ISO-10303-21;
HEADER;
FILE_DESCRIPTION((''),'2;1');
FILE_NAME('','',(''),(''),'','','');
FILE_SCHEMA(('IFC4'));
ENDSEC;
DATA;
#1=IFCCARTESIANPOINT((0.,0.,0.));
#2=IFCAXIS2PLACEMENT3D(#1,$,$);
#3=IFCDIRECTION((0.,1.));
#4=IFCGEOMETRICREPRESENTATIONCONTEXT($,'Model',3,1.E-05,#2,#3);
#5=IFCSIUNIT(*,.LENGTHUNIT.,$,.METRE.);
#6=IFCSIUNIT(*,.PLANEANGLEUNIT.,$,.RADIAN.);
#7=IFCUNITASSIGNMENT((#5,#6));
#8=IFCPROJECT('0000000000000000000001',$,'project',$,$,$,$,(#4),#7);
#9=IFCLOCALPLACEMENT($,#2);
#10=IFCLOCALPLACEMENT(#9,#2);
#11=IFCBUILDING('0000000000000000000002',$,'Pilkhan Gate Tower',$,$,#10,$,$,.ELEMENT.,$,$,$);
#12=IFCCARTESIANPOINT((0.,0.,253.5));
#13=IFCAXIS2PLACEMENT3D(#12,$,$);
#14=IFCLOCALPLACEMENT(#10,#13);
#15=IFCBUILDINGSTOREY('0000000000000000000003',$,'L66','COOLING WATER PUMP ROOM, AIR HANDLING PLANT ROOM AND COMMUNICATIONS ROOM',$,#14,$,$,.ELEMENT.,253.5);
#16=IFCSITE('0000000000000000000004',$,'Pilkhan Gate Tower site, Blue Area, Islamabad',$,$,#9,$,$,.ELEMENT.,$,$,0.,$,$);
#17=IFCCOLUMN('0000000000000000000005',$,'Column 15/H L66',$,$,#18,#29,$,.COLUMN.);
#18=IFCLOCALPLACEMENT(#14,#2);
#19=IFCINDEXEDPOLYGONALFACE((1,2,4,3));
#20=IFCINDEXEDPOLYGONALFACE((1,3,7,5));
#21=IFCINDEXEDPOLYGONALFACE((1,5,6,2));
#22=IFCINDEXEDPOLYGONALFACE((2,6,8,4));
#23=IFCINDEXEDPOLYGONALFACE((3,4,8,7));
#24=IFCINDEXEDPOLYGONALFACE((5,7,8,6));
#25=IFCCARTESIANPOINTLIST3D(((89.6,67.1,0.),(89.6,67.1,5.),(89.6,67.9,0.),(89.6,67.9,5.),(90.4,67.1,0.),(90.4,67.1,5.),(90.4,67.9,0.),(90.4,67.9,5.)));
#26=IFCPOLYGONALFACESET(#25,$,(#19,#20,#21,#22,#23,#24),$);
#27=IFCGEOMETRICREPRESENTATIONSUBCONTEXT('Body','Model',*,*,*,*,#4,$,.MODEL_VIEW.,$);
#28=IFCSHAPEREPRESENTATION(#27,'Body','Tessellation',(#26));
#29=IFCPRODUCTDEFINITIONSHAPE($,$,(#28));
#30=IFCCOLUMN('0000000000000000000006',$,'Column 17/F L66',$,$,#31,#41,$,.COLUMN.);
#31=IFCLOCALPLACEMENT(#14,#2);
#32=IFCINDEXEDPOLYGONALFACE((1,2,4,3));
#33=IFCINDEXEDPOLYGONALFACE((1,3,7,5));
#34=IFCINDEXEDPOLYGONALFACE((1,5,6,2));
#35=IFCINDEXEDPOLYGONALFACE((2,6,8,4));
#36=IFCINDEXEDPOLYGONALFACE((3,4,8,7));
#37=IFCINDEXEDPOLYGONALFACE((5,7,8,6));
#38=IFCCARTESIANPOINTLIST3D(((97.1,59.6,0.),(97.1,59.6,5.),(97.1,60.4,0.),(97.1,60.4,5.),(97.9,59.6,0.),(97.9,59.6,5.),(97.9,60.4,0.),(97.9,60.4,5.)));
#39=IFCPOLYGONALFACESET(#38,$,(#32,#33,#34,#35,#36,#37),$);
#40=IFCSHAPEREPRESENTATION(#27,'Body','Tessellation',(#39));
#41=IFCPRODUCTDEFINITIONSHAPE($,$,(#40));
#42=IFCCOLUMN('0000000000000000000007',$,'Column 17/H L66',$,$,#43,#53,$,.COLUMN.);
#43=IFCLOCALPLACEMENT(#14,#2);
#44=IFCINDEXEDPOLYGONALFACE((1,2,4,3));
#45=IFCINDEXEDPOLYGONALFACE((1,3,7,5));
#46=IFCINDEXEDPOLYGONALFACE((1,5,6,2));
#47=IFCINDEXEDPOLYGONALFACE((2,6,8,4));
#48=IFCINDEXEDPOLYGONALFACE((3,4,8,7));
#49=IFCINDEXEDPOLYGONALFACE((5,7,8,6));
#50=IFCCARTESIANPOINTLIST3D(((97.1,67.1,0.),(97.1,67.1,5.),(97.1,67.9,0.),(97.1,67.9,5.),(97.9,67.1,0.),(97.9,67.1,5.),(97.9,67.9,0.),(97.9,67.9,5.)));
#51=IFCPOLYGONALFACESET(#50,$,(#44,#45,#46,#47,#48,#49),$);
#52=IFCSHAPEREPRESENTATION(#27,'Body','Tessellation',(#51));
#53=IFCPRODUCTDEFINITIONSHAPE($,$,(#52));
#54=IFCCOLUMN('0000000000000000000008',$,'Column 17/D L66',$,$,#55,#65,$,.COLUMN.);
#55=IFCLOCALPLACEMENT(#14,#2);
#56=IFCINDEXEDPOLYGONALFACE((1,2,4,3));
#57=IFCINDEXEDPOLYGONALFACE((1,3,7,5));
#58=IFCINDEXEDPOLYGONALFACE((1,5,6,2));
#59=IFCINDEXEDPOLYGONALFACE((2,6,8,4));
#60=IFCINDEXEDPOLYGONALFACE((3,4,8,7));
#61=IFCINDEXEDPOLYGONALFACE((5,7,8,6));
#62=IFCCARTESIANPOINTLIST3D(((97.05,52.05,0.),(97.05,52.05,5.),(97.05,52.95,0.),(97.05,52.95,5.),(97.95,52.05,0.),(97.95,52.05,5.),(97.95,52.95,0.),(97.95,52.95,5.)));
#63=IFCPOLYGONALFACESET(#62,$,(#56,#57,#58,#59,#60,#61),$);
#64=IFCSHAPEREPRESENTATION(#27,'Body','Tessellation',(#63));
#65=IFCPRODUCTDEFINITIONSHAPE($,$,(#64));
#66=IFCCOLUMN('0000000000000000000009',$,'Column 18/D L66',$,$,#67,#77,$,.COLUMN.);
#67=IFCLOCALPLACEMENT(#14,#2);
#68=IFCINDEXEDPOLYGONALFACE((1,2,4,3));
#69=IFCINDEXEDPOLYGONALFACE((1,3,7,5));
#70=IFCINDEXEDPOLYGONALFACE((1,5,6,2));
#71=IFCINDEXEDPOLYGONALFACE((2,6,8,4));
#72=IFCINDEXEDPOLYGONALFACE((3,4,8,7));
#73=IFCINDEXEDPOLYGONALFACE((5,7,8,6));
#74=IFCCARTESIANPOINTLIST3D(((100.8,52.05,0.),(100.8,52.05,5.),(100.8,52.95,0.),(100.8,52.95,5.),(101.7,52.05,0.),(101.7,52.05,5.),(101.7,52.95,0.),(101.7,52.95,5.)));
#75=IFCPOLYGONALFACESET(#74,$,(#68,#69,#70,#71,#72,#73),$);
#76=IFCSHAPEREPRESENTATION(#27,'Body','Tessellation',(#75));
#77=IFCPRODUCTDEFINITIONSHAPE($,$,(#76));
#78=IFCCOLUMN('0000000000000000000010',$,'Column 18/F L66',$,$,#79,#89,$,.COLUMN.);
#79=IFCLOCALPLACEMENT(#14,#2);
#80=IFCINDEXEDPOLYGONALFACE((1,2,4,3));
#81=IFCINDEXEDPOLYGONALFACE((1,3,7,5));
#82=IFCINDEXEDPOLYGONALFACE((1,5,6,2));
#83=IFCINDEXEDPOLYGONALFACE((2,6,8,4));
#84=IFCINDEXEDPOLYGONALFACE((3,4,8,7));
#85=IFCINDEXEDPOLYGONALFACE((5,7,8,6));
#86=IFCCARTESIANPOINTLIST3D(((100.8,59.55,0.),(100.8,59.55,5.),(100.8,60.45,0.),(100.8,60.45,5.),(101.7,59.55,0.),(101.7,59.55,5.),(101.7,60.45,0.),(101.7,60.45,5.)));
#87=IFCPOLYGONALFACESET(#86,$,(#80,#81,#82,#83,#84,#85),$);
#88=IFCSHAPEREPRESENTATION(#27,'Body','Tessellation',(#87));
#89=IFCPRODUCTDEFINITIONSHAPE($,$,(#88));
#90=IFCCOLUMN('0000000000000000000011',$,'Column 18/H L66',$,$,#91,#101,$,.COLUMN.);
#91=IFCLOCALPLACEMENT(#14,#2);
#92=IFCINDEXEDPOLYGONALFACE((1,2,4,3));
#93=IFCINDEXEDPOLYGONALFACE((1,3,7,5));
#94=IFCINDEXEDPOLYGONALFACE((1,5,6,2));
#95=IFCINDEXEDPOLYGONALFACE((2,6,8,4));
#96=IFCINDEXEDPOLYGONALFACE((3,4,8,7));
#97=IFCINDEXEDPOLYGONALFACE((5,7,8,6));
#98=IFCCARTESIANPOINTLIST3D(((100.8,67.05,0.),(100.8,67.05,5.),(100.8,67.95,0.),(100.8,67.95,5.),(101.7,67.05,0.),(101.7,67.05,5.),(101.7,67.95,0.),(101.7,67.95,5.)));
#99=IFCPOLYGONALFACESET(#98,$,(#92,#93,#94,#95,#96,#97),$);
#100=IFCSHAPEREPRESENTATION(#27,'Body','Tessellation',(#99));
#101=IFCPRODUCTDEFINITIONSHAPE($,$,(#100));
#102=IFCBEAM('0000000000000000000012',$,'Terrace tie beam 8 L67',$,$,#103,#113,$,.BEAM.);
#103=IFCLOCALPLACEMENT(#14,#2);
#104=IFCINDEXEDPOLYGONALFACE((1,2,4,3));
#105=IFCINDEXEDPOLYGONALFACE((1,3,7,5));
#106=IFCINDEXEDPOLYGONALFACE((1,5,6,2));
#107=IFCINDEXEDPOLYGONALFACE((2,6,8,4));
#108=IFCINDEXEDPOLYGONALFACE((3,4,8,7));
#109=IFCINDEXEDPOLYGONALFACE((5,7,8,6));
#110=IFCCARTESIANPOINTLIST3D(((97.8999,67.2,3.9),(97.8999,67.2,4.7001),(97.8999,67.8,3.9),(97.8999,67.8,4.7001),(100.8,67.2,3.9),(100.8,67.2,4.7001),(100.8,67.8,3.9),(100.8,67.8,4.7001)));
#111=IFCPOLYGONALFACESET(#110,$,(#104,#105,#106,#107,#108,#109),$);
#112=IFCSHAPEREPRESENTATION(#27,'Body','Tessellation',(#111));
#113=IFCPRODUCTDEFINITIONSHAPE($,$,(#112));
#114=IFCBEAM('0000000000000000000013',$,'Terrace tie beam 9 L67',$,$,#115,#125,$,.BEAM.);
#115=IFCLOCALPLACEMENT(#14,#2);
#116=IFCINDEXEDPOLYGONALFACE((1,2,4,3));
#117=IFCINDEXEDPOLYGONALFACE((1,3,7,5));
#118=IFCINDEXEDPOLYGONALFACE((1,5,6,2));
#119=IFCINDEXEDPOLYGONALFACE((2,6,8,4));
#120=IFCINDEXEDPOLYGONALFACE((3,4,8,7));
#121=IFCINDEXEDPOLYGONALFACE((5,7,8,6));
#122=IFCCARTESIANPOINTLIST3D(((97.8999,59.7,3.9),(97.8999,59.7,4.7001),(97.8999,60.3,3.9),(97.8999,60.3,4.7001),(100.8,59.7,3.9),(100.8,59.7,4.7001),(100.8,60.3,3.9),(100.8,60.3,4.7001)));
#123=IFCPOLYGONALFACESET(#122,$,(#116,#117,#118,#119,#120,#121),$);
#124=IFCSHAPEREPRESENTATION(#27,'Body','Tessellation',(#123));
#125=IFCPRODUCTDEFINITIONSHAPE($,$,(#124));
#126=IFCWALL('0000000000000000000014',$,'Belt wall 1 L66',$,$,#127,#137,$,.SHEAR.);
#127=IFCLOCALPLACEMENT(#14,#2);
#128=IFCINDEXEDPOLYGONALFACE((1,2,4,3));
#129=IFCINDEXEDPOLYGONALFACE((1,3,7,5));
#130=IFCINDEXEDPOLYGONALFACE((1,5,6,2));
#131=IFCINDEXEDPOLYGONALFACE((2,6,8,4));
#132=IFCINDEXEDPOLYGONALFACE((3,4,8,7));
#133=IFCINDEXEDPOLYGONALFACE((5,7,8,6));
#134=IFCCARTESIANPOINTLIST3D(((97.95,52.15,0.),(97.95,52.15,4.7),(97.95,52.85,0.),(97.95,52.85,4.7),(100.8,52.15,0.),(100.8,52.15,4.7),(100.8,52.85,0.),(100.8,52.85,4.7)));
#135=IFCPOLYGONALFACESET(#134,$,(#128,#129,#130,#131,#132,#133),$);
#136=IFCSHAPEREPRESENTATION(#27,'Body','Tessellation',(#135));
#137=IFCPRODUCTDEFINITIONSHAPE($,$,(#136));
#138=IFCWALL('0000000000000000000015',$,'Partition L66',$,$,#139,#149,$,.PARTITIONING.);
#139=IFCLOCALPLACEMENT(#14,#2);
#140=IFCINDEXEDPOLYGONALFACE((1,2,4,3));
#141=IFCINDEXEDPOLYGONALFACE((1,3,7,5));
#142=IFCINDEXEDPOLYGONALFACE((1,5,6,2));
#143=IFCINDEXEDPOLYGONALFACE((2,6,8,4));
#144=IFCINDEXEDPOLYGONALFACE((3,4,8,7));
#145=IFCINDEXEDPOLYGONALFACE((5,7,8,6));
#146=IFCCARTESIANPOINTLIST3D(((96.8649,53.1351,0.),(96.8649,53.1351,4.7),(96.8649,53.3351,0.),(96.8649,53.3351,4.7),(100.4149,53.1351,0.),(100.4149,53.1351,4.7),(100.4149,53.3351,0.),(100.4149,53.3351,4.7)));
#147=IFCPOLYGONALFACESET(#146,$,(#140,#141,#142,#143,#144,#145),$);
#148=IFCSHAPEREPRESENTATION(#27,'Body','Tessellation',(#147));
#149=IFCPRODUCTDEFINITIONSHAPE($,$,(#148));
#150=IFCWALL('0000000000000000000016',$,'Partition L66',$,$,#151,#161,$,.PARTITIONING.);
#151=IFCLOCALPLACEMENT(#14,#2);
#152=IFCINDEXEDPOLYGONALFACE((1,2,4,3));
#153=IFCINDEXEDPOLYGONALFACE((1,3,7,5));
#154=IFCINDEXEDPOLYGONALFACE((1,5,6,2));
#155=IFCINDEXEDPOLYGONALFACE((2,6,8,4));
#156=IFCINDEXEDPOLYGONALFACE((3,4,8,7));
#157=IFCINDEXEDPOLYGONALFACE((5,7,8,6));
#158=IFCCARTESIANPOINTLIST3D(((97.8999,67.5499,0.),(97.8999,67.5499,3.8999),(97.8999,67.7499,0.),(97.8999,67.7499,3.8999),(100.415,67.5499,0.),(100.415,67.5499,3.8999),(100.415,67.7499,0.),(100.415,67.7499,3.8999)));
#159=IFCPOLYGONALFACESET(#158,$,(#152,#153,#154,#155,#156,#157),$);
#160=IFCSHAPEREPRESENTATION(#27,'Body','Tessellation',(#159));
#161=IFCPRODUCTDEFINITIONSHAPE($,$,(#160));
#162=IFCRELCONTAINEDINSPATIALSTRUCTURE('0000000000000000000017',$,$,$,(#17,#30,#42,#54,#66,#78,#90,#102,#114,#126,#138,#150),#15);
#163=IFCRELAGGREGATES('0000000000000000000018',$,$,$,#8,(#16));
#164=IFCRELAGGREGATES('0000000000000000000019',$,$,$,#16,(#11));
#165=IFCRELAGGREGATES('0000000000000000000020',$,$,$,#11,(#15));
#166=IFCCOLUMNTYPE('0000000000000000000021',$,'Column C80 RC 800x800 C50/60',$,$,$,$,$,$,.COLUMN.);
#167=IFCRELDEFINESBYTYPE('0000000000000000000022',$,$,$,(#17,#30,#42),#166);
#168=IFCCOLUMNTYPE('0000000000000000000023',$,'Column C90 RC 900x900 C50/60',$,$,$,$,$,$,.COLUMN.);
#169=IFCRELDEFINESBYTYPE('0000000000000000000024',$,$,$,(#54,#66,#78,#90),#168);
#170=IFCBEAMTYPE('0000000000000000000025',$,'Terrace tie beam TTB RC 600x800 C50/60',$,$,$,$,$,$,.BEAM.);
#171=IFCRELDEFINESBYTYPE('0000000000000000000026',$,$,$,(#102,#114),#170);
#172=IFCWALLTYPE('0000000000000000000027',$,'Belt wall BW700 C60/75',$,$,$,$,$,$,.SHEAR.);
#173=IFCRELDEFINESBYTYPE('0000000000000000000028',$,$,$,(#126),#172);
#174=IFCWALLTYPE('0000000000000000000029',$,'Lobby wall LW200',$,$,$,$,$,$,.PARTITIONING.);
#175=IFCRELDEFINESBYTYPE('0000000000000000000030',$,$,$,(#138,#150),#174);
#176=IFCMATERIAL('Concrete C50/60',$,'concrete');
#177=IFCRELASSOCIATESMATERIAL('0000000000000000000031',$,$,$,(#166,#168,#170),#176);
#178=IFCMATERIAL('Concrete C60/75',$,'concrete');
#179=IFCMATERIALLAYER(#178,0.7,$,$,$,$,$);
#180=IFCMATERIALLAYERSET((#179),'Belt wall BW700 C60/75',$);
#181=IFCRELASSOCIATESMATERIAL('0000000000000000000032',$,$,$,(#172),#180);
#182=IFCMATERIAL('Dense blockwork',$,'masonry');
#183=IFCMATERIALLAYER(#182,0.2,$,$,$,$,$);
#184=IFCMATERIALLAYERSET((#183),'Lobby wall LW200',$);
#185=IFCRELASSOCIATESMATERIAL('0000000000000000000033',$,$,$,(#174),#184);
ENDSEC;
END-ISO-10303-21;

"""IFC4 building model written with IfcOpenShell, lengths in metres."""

from ifc_helpers import new_model, si_unit, direction, frame, frame_2d, origin, origin_2d, place, context, subcontext, project, spatial, rectangle, extrude, material, layer, layer_set, material_profile, profile_set, type_object, element, save


model = new_model("IFC4")

# Units and contexts
model_context = context("Model", 3, precision=1e-05, world=origin(), true_north=direction((0.0, 1.0)))
body_context = subcontext(model_context, "Body", "Model", "MODEL_VIEW")
ifc_project = project(units=[si_unit("LENGTHUNIT", "METRE"), si_unit("PLANEANGLEUNIT", "RADIAN")], contexts=[model_context])

# Site, building, storey
site_placement = place(None, origin())
site = spatial("IfcSite", under=ifc_project, at=site_placement, Name="Pilkhan Gate Tower site, Blue Area, Islamabad", CompositionType="ELEMENT", RefElevation=0.0)
building_placement = place(site_placement, origin())
building = spatial("IfcBuilding", under=site, at=building_placement, Name="Pilkhan Gate Tower", CompositionType="ELEMENT")
storey_placement = place(building_placement, frame((0.0, 0.0, 253.5)))
storey = spatial("IfcBuildingStorey", under=building, at=storey_placement, Name="L66", Description="COOLING WATER PUMP ROOM, AIR HANDLING PLANT ROOM AND COMMUNICATIONS ROOM", CompositionType="ELEMENT", Elevation=253.5)

# Columns
ifc_material_1 = material(Name="Concrete C50/60", Category="concrete")
ifc_material_profile_1 = material_profile(ifc_material_1, rectangle(XDim=0.8, YDim=0.8, at=origin_2d()), Name="RC 800x800")
ifc_profile_set_1 = profile_set([ifc_material_profile_1], Name="Concrete C50/60")
column_type_1 = type_object("IfcColumnType", Name="Column C80 RC 800x800 C50/60", PredefinedType="COLUMN", material=ifc_profile_set_1)
for number, where, z_axis, x_axis, name in (
    (1, (90.0, 67.5, 0.0), (0.0, 0.0, 1.0), (1.0, 0.0, 0.0), "Column 15/H L66"),
    (2, (97.5, 60.0, 0.0), (0.0, 0.0, 1.0), (1.0, 0.0, 0.0), "Column 17/F L66"),
    (3, (97.5, 67.5, 0.0), (0.0, 0.0, 1.0), (1.0, 0.0, 0.0), "Column 17/H L66"),
):
    element("IfcColumn", number, at=place(storey_placement, frame(where, z_axis=z_axis, x_axis=x_axis)), inside=storey, type_object=column_type_1, Name=name, PredefinedType="COLUMN", context=body_context, shape_type="SweptSolid", body=[
        extrude(rectangle(XDim=0.8, YDim=0.8, at=origin_2d()), origin(), (0.0, 0.0, 1.0), 5.0),
    ])
ifc_material_profile_2 = material_profile(ifc_material_1, rectangle(XDim=0.8999, YDim=0.8999, at=origin_2d()), Name="RC 900x900")
ifc_profile_set_2 = profile_set([ifc_material_profile_2], Name="Concrete C50/60")
column_type_2 = type_object("IfcColumnType", Name="Column C90 RC 900x900 C50/60", PredefinedType="COLUMN", material=ifc_profile_set_2)
for number, where, z_axis, x_axis, name in (
    (4, (97.5, 52.5, 0.0), (0.0, 0.0, 1.0), (1.0, 0.0, 0.0), "Column 17/D L66"),
    (5, (101.25, 52.5, 0.0), (0.0, 0.0, 1.0), (1.0, 0.0, 0.0), "Column 18/D L66"),
    (6, (101.25, 60.0, 0.0), (0.0, 0.0, 1.0), (1.0, 0.0, 0.0), "Column 18/F L66"),
    (7, (101.25, 67.5, 0.0), (0.0, 0.0, 1.0), (1.0, 0.0, 0.0), "Column 18/H L66"),
):
    element("IfcColumn", number, at=place(storey_placement, frame(where, z_axis=z_axis, x_axis=x_axis)), inside=storey, type_object=column_type_2, Name=name, PredefinedType="COLUMN", context=body_context, shape_type="SweptSolid", body=[
        extrude(rectangle(XDim=0.8999, YDim=0.8999, at=origin_2d()), origin(), (0.0, 0.0, 1.0), 5.0),
    ])

# Beams
ifc_material_profile_3 = material_profile(ifc_material_1, rectangle(XDim=0.6001, YDim=0.8, at=origin_2d()), Name="RC 600x800")
ifc_profile_set_3 = profile_set([ifc_material_profile_3], Name="Concrete C50/60")
beam_type = type_object("IfcBeamType", Name="Terrace tie beam TTB RC 600x800 C50/60", PredefinedType="BEAM", material=ifc_profile_set_3)
for number, where, z_axis, x_axis, name in (
    (8, (100.8, 67.5, 4.3), (-1.0, 0.0, 0.0), (0.0, -1.0, 0.0), "Terrace tie beam 8 L67"),
    (9, (100.8, 60.0, 4.3), (-1.0, 0.0, 0.0), (0.0, -1.0, 0.0), "Terrace tie beam 9 L67"),
):
    element("IfcBeam", number, at=place(storey_placement, frame(where, z_axis=z_axis, x_axis=x_axis)), inside=storey, type_object=beam_type, Name=name, PredefinedType="BEAM", context=body_context, shape_type="SweptSolid", body=[
        extrude(rectangle(XDim=0.6001, YDim=0.8, at=origin_2d()), origin(), (0.0, 0.0, 1.0), 2.9001),
    ])

# Walls
ifc_material_2 = material(Name="Concrete C60/75", Category="concrete")
ifc_layer_1 = layer(ifc_material_2, 0.7)
ifc_layer_set_1 = layer_set([ifc_layer_1], Name="Belt wall BW700 C60/75")
wall_type_1 = type_object("IfcWallType", Name="Belt wall BW700 C60/75", PredefinedType="SHEAR", material=ifc_layer_set_1)
wall_1_placement = place(storey_placement, frame((100.8, 52.5, 0.0), z_axis=(0.0, 0.0, 1.0), x_axis=(-1.0, 0.0, 0.0)))
element("IfcWall", 10, at=wall_1_placement, inside=storey, type_object=wall_type_1, Name="Belt wall 1 L66", PredefinedType="SHEAR", context=body_context, shape_type="SweptSolid", body=[
    extrude(rectangle(XDim=2.8501, YDim=0.7, at=frame_2d((1.425, 0.0))), origin(), (0.0, 0.0, 1.0), 4.7),
])
ifc_material_3 = material(Name="Dense blockwork", Category="masonry")
ifc_layer_2 = layer(ifc_material_3, 0.2)
ifc_layer_set_2 = layer_set([ifc_layer_2], Name="Lobby wall LW200")
wall_type_2 = type_object("IfcWallType", Name="Lobby wall LW200", PredefinedType="PARTITIONING", material=ifc_layer_set_2)
wall_2_placement = place(storey_placement, frame((96.865, 53.2351, 0.0), z_axis=(0.0, 0.0, 1.0), x_axis=(1.0, 0.0, 0.0)))
element("IfcWall", 11, at=wall_2_placement, inside=storey, type_object=wall_type_2, Name="Partition L66", PredefinedType="PARTITIONING", context=body_context, shape_type="SweptSolid", body=[
    extrude(rectangle(XDim=3.55, YDim=0.2, at=frame_2d((1.7749, 0.0))), origin(), (0.0, 0.0, 1.0), 4.7),
])
wall_3_placement = place(storey_placement, frame((97.8999, 67.6499, 0.0), z_axis=(0.0, 0.0, 1.0), x_axis=(1.0, 0.0, 0.0)))
element("IfcWall", 12, at=wall_3_placement, inside=storey, type_object=wall_type_2, Name="Partition L66", PredefinedType="PARTITIONING", context=body_context, shape_type="SweptSolid", body=[
    extrude(rectangle(XDim=2.5151, YDim=0.2, at=frame_2d((1.2576, 0.0))), origin(), (0.0, 0.0, 1.0), 3.8999),
])

save(model, "model.ifc")
